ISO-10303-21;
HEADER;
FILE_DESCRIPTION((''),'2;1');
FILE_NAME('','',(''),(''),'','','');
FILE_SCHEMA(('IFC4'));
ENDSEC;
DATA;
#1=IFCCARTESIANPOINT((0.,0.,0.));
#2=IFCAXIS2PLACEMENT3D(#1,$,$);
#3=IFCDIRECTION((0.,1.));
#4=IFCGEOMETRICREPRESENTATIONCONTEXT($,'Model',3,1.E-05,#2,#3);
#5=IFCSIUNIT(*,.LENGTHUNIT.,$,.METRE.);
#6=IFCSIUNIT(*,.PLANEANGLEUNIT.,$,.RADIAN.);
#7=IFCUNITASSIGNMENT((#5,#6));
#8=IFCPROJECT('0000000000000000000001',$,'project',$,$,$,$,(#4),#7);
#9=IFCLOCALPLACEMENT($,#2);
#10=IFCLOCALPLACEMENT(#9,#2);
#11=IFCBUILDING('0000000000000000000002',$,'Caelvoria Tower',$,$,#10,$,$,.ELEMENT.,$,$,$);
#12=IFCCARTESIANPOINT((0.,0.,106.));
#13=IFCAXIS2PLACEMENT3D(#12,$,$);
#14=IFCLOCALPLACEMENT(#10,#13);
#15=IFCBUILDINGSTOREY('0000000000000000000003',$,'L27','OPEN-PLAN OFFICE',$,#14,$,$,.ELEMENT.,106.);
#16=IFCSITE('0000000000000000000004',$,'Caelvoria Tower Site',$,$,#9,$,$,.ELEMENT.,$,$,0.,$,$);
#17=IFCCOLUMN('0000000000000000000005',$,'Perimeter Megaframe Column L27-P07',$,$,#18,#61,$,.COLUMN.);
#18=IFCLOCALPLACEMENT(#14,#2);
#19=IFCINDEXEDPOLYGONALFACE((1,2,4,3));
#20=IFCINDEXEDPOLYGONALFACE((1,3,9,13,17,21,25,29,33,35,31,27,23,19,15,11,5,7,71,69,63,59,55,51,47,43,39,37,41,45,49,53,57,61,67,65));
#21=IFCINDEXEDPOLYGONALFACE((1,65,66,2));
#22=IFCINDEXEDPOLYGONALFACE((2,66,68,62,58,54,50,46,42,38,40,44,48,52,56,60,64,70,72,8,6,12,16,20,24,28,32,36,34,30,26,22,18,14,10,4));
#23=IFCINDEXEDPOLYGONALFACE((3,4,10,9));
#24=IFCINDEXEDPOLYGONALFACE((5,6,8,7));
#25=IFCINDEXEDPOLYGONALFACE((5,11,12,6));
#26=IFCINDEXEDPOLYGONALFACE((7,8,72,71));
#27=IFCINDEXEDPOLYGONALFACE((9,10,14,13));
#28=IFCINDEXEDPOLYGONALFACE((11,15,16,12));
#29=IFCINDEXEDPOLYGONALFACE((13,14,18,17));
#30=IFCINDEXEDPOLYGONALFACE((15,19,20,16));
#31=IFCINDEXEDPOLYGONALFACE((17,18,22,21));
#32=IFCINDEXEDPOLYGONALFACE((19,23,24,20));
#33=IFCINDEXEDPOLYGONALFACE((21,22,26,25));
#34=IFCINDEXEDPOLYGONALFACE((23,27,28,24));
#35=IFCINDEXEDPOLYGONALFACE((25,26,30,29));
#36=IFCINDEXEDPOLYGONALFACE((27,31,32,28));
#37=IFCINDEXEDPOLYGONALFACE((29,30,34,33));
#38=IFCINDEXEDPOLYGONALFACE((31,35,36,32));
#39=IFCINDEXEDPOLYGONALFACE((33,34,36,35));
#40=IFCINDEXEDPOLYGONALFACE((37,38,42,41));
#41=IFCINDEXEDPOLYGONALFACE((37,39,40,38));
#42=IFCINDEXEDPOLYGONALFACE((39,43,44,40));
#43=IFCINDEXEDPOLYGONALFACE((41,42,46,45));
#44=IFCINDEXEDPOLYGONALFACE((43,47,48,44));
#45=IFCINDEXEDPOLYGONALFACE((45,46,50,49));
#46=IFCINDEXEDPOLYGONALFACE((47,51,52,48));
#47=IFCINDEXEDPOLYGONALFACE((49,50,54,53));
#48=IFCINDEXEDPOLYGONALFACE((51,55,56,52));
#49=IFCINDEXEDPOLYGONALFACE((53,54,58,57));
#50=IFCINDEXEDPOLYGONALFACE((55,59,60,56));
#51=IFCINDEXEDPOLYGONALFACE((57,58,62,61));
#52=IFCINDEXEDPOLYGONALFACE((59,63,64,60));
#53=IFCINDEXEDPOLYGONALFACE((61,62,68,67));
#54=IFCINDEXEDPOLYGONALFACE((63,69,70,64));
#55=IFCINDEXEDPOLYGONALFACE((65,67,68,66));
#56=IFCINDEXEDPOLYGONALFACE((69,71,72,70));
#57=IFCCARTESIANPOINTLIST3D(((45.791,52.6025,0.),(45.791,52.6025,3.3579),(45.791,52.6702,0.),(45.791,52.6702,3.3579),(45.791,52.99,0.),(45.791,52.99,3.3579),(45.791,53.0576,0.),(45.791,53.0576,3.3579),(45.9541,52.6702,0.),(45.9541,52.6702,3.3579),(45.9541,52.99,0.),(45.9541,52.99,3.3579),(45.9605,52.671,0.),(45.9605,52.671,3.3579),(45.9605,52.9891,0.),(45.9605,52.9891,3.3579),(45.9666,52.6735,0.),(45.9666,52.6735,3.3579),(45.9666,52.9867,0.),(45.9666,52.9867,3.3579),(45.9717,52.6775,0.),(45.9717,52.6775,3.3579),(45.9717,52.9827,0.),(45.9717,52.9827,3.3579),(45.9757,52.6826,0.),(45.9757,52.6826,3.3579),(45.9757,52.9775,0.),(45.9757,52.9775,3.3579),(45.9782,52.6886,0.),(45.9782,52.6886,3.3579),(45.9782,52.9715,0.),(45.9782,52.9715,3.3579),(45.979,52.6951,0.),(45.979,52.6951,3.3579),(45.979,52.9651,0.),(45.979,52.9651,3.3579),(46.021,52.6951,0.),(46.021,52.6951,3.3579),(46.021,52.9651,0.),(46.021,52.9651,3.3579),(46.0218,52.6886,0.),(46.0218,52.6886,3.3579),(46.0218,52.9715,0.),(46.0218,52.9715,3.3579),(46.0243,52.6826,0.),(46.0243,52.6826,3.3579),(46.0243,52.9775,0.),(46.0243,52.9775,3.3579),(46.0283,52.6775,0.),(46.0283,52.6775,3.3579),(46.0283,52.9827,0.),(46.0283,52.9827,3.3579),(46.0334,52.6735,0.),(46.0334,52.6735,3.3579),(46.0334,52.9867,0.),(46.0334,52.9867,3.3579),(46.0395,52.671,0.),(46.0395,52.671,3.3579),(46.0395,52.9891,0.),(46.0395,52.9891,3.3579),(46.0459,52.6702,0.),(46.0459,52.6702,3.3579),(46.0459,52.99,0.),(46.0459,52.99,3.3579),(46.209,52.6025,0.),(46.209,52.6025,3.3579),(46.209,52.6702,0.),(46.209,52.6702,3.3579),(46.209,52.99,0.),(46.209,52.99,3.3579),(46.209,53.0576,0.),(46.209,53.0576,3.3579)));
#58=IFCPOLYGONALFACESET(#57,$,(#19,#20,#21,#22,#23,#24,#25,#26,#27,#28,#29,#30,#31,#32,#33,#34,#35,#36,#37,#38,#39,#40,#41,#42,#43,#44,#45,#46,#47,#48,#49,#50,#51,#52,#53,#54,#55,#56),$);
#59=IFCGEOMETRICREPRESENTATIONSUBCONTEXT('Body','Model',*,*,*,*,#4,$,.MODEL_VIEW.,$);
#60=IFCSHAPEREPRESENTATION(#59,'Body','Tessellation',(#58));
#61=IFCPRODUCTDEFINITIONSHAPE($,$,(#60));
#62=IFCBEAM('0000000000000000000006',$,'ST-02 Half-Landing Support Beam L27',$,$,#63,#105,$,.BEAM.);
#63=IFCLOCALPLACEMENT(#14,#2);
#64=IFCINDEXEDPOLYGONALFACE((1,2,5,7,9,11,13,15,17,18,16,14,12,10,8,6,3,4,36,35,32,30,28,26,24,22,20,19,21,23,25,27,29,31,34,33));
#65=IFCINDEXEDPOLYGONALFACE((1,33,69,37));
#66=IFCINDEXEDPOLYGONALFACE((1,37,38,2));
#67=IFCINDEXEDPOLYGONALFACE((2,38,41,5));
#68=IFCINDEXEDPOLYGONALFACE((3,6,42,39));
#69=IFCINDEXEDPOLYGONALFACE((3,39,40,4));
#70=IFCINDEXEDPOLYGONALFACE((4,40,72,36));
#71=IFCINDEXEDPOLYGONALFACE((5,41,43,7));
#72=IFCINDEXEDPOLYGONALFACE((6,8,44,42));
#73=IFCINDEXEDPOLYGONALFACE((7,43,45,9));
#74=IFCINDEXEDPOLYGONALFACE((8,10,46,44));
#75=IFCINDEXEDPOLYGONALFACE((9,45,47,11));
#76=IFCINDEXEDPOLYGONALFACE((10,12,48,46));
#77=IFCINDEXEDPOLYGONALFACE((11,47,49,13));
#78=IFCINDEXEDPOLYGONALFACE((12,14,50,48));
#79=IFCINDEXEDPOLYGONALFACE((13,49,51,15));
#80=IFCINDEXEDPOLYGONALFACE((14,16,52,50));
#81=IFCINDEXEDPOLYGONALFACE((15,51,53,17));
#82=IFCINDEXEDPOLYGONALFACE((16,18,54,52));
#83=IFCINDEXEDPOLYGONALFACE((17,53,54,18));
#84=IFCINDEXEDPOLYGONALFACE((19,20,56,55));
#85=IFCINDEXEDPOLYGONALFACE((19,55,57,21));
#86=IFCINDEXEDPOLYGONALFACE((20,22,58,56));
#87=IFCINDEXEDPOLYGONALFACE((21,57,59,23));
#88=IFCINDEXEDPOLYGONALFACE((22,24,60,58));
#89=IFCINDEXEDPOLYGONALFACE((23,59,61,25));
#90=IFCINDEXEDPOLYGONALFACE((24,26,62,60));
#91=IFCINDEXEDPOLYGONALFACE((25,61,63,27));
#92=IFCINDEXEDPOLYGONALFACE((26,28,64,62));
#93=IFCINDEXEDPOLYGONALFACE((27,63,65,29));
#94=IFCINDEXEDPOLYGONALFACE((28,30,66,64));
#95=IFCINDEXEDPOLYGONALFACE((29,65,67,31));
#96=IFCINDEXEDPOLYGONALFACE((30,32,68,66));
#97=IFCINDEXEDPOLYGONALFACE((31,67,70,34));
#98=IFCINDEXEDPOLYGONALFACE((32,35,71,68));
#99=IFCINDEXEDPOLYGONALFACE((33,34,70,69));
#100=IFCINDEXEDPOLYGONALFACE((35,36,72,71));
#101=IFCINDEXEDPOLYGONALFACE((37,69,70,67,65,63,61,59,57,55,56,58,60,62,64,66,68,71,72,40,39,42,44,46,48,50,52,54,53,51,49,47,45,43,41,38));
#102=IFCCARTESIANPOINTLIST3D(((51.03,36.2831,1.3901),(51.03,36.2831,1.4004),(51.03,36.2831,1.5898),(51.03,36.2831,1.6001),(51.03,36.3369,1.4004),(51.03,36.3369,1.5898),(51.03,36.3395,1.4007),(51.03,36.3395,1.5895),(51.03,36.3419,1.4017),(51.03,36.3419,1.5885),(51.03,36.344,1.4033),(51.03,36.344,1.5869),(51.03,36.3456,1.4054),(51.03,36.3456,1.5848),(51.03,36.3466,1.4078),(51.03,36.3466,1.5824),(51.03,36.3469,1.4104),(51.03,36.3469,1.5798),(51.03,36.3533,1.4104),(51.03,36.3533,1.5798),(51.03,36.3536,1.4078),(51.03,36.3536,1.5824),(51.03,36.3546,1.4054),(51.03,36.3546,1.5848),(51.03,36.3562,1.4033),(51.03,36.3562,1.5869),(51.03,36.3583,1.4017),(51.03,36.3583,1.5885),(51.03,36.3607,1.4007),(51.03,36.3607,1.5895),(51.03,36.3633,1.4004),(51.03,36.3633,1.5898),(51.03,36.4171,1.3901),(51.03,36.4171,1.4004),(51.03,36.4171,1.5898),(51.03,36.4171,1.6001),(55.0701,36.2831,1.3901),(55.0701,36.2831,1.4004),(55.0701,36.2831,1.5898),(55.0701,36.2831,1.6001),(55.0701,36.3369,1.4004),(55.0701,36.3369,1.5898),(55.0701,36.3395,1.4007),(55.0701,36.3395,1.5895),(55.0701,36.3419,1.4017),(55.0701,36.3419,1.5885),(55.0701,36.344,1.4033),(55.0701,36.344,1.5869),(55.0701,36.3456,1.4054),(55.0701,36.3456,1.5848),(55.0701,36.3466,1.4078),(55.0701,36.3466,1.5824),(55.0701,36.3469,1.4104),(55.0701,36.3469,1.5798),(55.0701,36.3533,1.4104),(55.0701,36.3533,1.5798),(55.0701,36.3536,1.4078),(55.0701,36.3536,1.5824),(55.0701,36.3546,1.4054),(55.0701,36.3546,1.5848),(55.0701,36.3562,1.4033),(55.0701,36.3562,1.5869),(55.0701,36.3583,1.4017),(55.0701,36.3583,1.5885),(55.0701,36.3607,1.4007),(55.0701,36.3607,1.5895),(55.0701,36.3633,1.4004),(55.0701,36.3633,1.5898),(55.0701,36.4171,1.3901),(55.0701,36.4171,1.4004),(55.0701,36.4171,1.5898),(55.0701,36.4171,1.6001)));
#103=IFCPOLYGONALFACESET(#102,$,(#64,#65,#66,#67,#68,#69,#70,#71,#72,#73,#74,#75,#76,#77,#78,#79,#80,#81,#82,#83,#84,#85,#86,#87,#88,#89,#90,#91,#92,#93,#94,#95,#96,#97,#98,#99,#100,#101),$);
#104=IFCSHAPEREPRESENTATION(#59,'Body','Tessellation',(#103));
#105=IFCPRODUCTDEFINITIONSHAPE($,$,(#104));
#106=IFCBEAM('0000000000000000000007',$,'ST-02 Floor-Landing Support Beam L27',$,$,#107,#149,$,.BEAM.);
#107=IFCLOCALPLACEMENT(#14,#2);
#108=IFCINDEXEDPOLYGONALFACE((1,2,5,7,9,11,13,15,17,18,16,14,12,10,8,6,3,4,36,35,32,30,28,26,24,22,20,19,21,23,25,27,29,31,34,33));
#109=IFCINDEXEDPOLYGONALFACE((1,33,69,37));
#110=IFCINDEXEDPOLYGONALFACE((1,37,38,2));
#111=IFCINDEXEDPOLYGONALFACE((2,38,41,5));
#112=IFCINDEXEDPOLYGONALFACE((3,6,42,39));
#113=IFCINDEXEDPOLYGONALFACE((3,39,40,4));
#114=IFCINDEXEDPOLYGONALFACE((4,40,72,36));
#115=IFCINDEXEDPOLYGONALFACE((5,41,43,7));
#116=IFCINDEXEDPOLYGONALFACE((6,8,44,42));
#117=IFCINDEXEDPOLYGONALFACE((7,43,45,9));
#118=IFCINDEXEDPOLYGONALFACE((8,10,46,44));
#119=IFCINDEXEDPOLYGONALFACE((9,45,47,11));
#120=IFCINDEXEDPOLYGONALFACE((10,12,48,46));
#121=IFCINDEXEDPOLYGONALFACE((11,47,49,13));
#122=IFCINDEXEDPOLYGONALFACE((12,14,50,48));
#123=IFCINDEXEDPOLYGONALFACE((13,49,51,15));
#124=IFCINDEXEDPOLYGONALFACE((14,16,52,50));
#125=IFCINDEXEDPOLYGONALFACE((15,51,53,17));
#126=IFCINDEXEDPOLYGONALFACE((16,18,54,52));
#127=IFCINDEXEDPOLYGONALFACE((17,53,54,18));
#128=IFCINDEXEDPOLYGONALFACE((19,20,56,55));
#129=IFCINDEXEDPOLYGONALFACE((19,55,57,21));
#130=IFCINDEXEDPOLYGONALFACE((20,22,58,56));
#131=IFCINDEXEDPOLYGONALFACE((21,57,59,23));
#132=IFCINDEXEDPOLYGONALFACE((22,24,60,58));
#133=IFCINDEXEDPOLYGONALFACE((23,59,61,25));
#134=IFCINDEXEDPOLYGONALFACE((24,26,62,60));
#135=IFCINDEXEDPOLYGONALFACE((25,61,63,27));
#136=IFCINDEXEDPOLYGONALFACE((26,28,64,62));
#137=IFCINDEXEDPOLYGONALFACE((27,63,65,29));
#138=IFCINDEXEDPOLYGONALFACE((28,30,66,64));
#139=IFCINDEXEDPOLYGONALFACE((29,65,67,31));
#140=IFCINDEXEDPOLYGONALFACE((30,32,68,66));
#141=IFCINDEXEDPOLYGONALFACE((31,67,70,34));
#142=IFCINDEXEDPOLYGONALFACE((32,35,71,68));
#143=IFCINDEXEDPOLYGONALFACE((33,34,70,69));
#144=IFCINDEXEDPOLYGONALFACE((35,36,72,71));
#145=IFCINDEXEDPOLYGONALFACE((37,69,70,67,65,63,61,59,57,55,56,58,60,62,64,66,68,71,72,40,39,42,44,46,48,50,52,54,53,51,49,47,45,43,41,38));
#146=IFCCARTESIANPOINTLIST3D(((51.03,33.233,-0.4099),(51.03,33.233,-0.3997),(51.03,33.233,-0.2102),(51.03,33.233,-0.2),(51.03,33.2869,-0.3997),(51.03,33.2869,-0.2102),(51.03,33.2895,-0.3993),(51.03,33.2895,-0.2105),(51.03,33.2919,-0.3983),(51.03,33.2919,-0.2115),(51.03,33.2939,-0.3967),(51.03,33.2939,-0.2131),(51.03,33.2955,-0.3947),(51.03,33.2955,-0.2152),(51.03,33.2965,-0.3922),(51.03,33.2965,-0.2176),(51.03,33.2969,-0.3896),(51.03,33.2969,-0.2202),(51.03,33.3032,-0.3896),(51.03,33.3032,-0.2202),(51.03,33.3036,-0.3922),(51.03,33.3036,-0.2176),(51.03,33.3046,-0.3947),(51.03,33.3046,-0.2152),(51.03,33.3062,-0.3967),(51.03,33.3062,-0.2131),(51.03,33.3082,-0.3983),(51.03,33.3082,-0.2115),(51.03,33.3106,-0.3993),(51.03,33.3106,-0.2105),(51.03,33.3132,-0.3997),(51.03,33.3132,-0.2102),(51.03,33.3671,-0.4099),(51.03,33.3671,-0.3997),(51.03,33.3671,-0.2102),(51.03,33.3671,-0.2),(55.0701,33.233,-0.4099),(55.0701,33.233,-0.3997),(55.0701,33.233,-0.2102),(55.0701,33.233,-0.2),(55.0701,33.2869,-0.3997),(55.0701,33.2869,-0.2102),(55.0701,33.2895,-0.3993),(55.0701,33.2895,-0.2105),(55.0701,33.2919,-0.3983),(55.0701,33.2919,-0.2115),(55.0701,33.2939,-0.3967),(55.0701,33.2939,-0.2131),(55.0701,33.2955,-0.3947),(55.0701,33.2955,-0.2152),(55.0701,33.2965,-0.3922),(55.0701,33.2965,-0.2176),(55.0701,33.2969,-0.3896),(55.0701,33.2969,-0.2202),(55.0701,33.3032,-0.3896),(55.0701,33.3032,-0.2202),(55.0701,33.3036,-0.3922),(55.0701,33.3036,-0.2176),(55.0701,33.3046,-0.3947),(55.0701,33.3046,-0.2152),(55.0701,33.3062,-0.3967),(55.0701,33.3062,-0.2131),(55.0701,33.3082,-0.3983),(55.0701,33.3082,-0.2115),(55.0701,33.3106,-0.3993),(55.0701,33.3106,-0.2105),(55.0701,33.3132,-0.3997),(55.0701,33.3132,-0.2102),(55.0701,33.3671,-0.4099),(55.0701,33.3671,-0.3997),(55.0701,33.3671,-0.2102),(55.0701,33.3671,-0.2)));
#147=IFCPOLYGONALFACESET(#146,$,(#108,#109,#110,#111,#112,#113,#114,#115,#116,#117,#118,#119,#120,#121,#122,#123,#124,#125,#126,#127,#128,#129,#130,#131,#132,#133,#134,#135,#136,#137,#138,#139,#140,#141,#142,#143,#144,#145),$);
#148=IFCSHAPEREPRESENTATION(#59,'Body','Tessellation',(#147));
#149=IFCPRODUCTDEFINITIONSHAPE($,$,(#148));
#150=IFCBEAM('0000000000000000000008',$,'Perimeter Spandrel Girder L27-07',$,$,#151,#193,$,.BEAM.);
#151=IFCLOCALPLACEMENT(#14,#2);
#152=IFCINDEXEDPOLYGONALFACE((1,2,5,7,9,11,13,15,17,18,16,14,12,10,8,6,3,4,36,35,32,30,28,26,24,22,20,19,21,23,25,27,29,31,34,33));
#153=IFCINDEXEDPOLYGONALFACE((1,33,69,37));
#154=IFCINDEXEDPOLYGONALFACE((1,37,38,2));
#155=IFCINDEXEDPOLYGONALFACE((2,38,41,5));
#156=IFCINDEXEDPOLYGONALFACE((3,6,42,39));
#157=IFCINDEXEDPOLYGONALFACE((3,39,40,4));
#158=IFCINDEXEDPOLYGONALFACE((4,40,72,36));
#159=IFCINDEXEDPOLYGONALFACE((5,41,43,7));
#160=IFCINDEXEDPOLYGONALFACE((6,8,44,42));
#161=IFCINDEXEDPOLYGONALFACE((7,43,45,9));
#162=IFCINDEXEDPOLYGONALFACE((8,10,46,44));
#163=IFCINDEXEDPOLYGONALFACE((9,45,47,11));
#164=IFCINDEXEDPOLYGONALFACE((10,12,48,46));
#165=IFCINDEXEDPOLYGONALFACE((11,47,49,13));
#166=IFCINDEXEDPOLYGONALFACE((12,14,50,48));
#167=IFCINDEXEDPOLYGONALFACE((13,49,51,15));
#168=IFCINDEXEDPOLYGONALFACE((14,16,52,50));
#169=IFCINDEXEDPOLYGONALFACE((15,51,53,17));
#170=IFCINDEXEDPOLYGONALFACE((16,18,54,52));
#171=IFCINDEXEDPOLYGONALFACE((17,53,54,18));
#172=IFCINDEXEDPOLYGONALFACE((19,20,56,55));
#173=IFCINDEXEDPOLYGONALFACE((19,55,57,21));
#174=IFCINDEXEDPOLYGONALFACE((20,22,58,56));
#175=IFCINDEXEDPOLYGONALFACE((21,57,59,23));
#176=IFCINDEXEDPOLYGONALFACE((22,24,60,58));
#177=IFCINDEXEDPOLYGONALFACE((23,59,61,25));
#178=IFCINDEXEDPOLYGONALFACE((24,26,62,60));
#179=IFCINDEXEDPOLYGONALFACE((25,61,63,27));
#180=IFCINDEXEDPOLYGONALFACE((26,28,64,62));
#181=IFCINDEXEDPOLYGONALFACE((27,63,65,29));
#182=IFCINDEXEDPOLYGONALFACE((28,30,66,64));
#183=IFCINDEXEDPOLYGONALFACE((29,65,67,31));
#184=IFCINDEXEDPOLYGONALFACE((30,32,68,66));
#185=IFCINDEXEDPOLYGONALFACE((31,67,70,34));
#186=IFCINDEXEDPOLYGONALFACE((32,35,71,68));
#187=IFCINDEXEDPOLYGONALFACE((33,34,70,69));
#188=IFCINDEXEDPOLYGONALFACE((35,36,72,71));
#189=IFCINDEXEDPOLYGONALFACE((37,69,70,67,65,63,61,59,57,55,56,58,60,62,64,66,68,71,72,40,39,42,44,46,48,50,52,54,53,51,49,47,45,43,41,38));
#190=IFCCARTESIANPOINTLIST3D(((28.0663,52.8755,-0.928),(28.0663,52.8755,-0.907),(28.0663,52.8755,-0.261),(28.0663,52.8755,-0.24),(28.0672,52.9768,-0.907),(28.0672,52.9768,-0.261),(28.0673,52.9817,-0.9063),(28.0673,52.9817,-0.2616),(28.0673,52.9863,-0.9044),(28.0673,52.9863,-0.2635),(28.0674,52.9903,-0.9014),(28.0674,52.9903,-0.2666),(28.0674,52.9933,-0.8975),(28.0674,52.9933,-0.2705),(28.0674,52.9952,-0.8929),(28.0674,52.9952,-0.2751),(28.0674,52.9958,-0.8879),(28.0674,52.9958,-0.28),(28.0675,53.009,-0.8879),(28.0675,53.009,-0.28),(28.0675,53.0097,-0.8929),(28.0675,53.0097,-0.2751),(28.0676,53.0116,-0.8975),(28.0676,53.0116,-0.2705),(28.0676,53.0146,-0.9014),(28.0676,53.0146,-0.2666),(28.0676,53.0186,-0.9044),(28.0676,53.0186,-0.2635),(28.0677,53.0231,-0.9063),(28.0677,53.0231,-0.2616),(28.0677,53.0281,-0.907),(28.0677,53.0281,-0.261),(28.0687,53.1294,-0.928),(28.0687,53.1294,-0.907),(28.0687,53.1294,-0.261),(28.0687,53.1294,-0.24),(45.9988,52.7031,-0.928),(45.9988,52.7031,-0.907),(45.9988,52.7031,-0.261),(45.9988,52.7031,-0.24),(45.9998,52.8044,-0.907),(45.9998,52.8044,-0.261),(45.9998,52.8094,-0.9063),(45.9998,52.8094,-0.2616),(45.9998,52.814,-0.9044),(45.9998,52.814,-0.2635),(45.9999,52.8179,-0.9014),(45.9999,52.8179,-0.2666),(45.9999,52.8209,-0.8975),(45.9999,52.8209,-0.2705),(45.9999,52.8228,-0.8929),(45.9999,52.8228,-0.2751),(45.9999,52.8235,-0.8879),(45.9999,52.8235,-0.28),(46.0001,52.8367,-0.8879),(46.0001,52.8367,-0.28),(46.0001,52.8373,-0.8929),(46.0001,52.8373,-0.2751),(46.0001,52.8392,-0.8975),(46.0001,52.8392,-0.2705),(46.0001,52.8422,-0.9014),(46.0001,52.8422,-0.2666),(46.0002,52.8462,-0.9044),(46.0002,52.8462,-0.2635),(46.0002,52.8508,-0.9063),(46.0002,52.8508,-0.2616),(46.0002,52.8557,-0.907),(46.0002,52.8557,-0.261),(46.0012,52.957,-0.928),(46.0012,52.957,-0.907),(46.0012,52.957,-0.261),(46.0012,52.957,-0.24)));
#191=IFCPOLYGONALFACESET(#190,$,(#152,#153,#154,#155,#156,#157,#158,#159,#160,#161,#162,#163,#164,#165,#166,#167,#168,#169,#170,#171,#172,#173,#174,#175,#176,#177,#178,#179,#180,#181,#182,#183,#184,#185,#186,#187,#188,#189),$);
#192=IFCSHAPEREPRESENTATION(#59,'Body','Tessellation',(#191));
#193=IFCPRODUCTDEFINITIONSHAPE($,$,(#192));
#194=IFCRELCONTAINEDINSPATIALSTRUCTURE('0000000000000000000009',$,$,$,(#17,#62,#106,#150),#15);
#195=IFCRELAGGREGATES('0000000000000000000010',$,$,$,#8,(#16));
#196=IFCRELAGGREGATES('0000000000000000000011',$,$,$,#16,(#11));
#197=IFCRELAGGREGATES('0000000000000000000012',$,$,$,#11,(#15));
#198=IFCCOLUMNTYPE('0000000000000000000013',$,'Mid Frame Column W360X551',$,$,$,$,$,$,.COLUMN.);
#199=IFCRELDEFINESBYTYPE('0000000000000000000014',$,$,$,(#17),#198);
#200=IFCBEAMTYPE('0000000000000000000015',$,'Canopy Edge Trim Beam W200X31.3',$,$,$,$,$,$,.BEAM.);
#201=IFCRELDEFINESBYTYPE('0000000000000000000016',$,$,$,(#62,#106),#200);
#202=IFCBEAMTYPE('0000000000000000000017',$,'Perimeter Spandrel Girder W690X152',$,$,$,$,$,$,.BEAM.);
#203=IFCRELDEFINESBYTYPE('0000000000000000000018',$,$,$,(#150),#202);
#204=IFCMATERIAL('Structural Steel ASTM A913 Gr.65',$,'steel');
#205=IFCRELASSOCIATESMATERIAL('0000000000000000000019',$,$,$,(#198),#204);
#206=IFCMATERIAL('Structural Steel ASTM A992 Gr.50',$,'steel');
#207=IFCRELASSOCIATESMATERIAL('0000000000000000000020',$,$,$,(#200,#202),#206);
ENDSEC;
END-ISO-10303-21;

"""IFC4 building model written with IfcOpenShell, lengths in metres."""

from ifc_helpers import new_model, si_unit, direction, frame, origin, origin_2d, place, context, subcontext, project, spatial, i_section, extrude, material, material_profile, profile_set, type_object, element, save


model = new_model("IFC4")

# Units and contexts
model_context = context("Model", 3, precision=1e-05, world=origin(), true_north=direction((0.0, 1.0)))
body_context = subcontext(model_context, "Body", "Model", "MODEL_VIEW")
ifc_project = project(units=[si_unit("LENGTHUNIT", "METRE"), si_unit("PLANEANGLEUNIT", "RADIAN")], contexts=[model_context])

# Site, building, storey
site_placement = place(None, origin())
site = spatial("IfcSite", under=ifc_project, at=site_placement, Name="Caelvoria Tower Site", CompositionType="ELEMENT", RefElevation=0.0)
building_placement = place(site_placement, origin())
building = spatial("IfcBuilding", under=site, at=building_placement, Name="Caelvoria Tower", CompositionType="ELEMENT")
storey_placement = place(building_placement, frame((0.0, 0.0, 106.0)))
storey = spatial("IfcBuildingStorey", under=building, at=storey_placement, Name="L27", Description="OPEN-PLAN OFFICE", CompositionType="ELEMENT", Elevation=106.0)

# Column
ifc_material_1 = material(Name="Structural Steel ASTM A913 Gr.65", Category="steel")
ifc_material_profile_1 = material_profile(ifc_material_1, i_section(OverallWidth=0.418, OverallDepth=0.4551, WebThickness=0.042, FlangeThickness=0.0676, FilletRadius=0.0249, at=origin_2d()), Name="Structural Steel ASTM A913 Gr.65")
ifc_profile_set_1 = profile_set([ifc_material_profile_1], Name="W360X551 - Structural Steel ASTM A913 Gr.65")
column_type = type_object("IfcColumnType", Name="Mid Frame Column W360X551", PredefinedType="COLUMN", material=ifc_profile_set_1)
column_placement = place(storey_placement, frame((46.0, 52.8301, 0.0), z_axis=(0.0, 0.0, 1.0), x_axis=(1.0, 0.0, 0.0)))
element("IfcColumn", 1, at=column_placement, inside=storey, type_object=column_type, Name="Perimeter Megaframe Column L27-P07", PredefinedType="COLUMN", context=body_context, shape_type="SweptSolid", body=[
    extrude(i_section(OverallWidth=0.418, OverallDepth=0.4551, WebThickness=0.042, FlangeThickness=0.0676, FilletRadius=0.0249, at=origin_2d()), origin(), (0.0, 0.0, 1.0), 3.3579),
])

# Beams
ifc_material_2 = material(Name="Structural Steel ASTM A992 Gr.50", Category="steel")
ifc_material_profile_2 = material_profile(ifc_material_2, i_section(OverallWidth=0.134, OverallDepth=0.21, WebThickness=0.0063, FlangeThickness=0.0103, FilletRadius=0.01, at=origin_2d()), Name="Structural Steel ASTM A992 Gr.50")
ifc_profile_set_2 = profile_set([ifc_material_profile_2], Name="W200X31.3 - Structural Steel ASTM A992 Gr.50")
beam_type_1 = type_object("IfcBeamType", Name="Canopy Edge Trim Beam W200X31.3", PredefinedType="BEAM", material=ifc_profile_set_2)
for number, where, z_axis, x_axis, name in (
    (2, (51.03, 36.3501, 1.4951), (1.0, 0.0, 0.0), (0.0, 1.0, 0.0), "ST-02 Half-Landing Support Beam L27"),
    (3, (51.03, 33.3, -0.3049), (1.0, 0.0, 0.0), (0.0, 1.0, 0.0), "ST-02 Floor-Landing Support Beam L27"),
):
    element("IfcBeam", number, at=place(storey_placement, frame(where, z_axis=z_axis, x_axis=x_axis)), inside=storey, type_object=beam_type_1, Name=name, PredefinedType="BEAM", context=body_context, shape_type="SweptSolid", body=[
        extrude(i_section(OverallWidth=0.134, OverallDepth=0.21, WebThickness=0.0063, FlangeThickness=0.0103, FilletRadius=0.01, at=origin_2d()), origin(), (0.0, 0.0, 1.0), 4.04),
    ])
ifc_material_profile_3 = material_profile(ifc_material_2, i_section(OverallWidth=0.2539, OverallDepth=0.688, WebThickness=0.0132, FlangeThickness=0.021, FilletRadius=0.019, at=origin_2d()), Name="Structural Steel ASTM A992 Gr.50")
ifc_profile_set_3 = profile_set([ifc_material_profile_3], Name="W690X152 - Structural Steel ASTM A992 Gr.50")
beam_type_2 = type_object("IfcBeamType", Name="Perimeter Spandrel Girder W690X152", PredefinedType="BEAM", material=ifc_profile_set_3)
beam_1_placement = place(storey_placement, frame((46.0, 52.8301, -0.584), z_axis=(-0.999954, 0.009611, 0.0), x_axis=(-0.009611, -0.999954, 0.0)))
element("IfcBeam", 4, at=beam_1_placement, inside=storey, type_object=beam_type_2, Name="Perimeter Spandrel Girder L27-07", PredefinedType="BEAM", context=body_context, shape_type="SweptSolid", body=[
    extrude(i_section(OverallWidth=0.2539, OverallDepth=0.688, WebThickness=0.0132, FlangeThickness=0.021, FilletRadius=0.019, at=origin_2d()), origin(), (0.0, 0.0, 1.0), 17.9333),
])

save(model, "model.ifc")
